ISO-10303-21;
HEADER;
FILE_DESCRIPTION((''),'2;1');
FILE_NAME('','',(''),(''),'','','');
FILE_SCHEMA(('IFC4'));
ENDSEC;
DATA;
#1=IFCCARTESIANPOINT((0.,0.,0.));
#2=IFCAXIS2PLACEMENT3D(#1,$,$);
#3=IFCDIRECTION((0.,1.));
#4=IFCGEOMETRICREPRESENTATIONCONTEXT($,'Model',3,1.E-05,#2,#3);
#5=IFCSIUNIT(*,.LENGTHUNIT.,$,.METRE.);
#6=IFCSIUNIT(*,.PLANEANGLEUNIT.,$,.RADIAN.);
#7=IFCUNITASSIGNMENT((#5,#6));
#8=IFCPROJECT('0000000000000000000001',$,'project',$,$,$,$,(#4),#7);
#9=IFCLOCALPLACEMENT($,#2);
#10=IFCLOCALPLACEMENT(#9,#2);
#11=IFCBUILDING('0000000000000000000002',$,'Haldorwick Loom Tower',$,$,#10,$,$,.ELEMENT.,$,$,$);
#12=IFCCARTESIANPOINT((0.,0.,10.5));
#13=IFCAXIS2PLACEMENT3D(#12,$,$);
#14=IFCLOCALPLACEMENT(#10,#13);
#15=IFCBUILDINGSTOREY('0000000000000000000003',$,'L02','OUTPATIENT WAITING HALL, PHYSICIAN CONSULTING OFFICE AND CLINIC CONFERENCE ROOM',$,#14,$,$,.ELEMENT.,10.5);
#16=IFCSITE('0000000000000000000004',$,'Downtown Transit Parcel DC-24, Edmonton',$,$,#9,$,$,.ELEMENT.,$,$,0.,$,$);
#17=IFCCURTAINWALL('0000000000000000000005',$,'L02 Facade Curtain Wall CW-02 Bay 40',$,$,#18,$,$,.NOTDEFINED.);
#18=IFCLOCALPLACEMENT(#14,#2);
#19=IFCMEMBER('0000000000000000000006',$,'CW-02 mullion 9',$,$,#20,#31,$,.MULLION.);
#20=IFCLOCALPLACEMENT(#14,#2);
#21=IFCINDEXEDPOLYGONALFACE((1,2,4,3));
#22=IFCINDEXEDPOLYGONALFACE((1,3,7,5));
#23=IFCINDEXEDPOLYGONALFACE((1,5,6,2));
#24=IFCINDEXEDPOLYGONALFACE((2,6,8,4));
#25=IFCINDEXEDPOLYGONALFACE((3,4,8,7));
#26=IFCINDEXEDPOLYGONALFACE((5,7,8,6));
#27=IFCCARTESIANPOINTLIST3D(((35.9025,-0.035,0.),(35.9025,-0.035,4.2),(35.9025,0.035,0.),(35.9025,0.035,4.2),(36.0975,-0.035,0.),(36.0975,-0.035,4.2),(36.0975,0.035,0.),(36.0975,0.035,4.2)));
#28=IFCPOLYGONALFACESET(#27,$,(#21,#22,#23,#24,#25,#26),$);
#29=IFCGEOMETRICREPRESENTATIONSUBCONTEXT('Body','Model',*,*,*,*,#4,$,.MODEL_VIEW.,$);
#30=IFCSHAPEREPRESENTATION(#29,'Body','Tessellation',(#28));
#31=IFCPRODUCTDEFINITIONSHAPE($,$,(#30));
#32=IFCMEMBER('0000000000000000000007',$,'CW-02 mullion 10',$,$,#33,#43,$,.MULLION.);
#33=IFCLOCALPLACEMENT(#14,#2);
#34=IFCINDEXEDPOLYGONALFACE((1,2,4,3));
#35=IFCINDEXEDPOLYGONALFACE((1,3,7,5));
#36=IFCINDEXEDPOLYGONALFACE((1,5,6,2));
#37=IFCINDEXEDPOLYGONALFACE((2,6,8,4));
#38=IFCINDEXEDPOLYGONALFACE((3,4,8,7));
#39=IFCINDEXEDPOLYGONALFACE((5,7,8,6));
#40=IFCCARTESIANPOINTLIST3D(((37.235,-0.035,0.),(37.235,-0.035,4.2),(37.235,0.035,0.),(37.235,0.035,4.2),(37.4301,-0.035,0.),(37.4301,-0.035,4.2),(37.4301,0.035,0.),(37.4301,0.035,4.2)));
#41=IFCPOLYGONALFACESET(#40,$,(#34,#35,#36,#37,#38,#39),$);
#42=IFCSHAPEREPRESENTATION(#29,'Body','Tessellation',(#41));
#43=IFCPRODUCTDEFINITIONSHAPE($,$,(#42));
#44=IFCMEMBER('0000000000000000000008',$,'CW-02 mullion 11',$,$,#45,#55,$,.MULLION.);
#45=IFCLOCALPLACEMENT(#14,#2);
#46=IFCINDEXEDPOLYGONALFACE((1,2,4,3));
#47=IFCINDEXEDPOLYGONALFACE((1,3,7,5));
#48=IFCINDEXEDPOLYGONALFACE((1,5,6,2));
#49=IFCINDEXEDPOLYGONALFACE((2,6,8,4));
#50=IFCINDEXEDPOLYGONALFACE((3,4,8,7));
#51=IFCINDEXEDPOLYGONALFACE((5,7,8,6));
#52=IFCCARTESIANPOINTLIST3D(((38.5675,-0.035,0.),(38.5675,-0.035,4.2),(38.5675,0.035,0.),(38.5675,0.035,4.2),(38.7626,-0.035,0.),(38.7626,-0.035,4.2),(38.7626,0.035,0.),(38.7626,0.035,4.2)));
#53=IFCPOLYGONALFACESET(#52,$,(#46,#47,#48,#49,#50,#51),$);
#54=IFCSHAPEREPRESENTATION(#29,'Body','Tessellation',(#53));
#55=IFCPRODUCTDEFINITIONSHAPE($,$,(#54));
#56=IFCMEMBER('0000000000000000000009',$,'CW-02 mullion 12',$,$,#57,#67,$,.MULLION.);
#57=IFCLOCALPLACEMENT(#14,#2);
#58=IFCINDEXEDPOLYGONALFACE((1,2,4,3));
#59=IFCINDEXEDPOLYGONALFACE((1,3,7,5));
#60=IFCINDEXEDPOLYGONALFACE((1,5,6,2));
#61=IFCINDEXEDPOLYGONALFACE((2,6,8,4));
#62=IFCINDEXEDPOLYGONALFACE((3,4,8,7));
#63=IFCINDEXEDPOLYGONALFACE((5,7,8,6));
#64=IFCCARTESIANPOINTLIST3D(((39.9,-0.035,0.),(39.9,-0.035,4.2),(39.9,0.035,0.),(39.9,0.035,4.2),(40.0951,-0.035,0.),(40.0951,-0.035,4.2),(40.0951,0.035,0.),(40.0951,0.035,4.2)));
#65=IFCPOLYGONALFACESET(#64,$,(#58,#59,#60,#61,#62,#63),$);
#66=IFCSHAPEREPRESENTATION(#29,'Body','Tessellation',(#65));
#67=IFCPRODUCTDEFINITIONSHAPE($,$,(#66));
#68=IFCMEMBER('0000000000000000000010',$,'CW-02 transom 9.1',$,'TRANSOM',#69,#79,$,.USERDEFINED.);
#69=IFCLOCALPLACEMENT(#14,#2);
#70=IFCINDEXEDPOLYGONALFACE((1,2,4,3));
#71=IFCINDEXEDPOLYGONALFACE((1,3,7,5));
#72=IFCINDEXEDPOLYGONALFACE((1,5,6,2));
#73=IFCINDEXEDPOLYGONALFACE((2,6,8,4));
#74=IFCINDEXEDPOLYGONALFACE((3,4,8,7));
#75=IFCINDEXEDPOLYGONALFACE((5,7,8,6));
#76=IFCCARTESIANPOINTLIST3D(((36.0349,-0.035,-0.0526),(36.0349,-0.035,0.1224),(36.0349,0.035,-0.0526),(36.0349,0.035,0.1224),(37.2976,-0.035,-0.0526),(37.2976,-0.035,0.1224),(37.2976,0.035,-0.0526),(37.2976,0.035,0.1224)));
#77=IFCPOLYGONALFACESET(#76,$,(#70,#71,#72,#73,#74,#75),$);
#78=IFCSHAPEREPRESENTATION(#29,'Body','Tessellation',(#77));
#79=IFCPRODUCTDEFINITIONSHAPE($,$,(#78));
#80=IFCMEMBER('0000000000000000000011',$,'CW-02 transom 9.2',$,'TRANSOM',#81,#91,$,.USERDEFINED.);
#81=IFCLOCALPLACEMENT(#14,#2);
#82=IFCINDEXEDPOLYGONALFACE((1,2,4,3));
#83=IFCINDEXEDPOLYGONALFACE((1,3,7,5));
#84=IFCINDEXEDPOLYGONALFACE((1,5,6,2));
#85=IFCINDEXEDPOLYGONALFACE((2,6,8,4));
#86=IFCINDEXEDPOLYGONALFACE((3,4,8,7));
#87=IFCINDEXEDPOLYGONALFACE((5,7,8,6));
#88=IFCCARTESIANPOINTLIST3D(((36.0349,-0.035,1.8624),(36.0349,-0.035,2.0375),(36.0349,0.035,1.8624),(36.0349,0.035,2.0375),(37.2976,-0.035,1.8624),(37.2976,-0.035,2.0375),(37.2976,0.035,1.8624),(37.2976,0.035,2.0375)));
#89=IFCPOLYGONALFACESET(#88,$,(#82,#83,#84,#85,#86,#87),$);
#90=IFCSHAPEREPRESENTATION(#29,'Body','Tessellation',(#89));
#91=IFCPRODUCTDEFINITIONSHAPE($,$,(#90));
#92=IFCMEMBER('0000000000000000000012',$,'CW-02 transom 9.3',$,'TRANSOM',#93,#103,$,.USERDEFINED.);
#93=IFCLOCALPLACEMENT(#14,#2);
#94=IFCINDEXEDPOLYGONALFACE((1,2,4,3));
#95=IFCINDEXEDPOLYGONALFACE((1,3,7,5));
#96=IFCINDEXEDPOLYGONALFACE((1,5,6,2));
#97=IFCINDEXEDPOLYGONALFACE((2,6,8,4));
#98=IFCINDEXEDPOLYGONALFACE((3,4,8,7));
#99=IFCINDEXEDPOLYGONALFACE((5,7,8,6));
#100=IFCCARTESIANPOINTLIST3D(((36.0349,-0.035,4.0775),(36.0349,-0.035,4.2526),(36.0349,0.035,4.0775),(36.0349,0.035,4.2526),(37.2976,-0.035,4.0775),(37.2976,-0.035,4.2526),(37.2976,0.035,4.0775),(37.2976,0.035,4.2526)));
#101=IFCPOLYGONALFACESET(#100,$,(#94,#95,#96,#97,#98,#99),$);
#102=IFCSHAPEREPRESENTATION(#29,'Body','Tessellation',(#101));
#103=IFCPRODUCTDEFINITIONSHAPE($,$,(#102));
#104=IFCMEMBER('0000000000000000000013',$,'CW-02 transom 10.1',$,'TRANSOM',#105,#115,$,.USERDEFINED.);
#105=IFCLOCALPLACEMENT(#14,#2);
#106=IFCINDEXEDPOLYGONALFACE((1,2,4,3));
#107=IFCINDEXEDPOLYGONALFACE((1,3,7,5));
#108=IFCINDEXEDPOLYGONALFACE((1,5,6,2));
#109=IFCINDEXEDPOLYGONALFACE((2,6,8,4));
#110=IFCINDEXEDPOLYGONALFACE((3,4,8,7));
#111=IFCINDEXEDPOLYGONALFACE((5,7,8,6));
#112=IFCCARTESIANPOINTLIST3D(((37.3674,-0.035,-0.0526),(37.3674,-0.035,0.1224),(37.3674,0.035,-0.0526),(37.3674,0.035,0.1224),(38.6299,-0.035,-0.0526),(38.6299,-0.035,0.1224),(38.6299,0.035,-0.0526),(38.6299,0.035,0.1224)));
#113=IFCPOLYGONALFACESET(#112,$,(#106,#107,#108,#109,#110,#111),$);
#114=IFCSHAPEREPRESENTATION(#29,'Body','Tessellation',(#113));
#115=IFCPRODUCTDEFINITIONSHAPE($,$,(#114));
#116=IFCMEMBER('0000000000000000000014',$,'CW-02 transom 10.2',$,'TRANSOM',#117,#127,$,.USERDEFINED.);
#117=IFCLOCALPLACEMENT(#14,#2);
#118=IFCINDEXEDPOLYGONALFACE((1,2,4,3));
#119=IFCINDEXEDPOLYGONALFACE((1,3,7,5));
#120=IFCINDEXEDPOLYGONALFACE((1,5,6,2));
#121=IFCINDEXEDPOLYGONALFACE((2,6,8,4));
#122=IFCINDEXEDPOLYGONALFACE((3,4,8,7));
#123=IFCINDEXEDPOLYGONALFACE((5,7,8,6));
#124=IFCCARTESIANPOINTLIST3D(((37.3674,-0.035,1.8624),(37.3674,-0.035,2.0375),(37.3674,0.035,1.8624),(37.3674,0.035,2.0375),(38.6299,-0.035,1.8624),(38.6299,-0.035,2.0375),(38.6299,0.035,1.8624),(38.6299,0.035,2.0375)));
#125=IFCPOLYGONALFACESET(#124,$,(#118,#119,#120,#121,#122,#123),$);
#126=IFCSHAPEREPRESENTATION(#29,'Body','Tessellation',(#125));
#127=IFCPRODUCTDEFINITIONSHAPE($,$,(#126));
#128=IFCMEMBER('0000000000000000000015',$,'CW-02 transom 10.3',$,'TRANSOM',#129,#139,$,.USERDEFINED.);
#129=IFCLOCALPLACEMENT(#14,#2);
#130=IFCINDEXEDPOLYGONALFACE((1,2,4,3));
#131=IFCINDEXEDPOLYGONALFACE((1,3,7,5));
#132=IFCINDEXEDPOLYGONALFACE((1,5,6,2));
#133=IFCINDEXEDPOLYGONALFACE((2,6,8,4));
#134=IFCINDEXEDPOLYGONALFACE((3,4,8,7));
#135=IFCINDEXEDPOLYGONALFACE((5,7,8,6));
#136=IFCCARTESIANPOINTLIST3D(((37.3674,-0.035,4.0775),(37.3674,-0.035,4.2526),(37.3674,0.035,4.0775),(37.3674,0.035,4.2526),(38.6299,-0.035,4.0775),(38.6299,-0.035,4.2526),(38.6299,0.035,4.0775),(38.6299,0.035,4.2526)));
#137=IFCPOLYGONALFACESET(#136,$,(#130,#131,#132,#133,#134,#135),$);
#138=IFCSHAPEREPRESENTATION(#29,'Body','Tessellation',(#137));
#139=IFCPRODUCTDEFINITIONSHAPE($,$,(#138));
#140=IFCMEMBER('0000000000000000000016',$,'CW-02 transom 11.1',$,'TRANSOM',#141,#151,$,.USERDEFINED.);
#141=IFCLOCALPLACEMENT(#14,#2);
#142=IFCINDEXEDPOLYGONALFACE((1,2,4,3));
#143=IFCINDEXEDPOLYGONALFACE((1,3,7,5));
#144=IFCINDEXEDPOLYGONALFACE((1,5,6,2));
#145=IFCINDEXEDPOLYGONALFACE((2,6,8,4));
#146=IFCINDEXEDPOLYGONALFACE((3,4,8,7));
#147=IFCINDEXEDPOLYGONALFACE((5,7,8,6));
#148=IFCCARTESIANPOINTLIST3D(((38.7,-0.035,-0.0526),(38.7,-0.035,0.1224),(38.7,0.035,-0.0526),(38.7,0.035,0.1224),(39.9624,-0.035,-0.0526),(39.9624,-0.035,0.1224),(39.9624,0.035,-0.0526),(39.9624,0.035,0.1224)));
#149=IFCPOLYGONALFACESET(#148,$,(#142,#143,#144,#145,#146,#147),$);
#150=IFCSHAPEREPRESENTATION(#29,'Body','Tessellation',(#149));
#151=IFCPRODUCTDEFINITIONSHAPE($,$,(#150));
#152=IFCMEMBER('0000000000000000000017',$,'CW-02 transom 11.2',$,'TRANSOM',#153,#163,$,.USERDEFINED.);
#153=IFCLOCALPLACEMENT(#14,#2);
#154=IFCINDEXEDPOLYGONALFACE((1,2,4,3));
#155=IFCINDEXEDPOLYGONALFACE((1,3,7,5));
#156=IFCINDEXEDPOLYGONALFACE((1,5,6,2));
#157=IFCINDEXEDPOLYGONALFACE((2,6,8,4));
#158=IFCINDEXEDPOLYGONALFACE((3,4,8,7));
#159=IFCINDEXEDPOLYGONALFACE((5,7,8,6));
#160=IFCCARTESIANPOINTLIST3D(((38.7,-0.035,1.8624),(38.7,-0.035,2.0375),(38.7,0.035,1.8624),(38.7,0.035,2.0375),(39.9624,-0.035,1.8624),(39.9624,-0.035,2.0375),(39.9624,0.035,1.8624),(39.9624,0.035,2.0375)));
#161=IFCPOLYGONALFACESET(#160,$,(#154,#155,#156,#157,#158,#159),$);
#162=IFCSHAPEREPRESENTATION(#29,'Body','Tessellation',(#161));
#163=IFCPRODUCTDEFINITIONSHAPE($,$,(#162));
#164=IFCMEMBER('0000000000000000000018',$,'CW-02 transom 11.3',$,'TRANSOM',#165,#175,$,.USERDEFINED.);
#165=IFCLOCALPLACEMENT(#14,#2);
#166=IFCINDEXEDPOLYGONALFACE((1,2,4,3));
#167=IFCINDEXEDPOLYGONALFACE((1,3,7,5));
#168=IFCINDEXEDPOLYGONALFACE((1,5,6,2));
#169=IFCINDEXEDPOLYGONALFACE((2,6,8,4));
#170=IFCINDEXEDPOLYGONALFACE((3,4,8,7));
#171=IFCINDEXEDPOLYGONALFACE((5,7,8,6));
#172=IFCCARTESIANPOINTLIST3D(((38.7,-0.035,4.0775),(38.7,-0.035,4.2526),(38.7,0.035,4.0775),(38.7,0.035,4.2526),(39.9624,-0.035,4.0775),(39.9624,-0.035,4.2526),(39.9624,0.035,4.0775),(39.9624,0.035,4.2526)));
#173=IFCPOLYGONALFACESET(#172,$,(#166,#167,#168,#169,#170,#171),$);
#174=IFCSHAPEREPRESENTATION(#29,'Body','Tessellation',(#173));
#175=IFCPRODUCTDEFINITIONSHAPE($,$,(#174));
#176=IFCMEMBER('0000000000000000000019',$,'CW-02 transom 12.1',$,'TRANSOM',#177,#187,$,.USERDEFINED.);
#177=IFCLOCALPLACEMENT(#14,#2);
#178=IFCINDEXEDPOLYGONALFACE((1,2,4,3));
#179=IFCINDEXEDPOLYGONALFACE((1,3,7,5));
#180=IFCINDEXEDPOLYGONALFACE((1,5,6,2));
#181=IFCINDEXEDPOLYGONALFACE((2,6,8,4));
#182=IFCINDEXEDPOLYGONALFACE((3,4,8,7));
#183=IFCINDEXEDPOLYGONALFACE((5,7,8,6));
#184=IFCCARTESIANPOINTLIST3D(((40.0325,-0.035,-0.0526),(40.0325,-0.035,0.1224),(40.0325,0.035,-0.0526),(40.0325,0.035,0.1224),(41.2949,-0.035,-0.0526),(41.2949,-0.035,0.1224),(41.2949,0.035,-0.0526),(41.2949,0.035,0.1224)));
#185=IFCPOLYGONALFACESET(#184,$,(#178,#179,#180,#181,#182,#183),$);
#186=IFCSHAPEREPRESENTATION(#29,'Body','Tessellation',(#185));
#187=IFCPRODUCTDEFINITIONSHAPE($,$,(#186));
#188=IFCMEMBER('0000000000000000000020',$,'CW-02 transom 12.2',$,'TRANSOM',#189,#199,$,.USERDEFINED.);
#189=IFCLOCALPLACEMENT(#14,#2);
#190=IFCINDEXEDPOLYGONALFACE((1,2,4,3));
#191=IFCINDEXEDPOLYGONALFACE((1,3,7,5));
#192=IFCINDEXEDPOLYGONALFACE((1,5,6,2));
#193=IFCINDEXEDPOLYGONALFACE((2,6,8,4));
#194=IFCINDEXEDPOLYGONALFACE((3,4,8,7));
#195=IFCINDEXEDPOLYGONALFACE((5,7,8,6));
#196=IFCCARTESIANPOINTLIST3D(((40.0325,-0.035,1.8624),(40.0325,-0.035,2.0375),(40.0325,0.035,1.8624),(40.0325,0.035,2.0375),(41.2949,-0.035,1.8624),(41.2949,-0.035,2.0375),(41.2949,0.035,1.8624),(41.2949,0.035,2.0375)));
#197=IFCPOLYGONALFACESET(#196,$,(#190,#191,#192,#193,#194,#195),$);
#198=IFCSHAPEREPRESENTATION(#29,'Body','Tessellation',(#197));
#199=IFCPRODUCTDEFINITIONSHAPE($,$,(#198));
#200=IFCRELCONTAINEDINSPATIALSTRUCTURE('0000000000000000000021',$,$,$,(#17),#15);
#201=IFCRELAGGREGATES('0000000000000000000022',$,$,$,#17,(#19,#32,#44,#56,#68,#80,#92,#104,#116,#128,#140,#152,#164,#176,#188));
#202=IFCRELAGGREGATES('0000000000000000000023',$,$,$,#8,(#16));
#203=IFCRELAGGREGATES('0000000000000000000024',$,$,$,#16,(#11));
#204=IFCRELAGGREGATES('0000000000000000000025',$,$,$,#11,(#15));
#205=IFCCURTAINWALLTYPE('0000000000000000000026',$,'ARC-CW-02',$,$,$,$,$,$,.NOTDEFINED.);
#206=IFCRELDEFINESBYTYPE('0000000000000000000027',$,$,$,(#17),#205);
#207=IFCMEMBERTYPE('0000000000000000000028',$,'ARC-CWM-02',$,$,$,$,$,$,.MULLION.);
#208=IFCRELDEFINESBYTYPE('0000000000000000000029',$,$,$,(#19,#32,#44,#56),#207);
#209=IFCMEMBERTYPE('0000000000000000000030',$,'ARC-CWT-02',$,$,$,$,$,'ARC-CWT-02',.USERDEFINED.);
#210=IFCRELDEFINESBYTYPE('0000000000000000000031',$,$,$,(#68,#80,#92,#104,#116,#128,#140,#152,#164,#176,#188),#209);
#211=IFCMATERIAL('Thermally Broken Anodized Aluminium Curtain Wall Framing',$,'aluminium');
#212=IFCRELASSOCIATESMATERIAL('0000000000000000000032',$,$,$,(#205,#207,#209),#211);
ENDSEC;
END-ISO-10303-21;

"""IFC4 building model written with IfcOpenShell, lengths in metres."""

from ifc_helpers import new_model, si_unit, direction, frame, origin, origin_2d, place, context, subcontext, project, spatial, rectangle, extrude, material, material_profile, profile_set, type_object, element, aggregate, save


model = new_model("IFC4")

# Units and contexts
model_context = context("Model", 3, precision=1e-05, world=origin(), true_north=direction((0.0, 1.0)))
body_context = subcontext(model_context, "Body", "Model", "MODEL_VIEW")
ifc_project = project(units=[si_unit("LENGTHUNIT", "METRE"), si_unit("PLANEANGLEUNIT", "RADIAN")], contexts=[model_context])

# Site, building, storey
site_placement = place(None, origin())
site = spatial("IfcSite", under=ifc_project, at=site_placement, Name="Downtown Transit Parcel DC-24, Edmonton", CompositionType="ELEMENT", RefElevation=0.0)
building_placement = place(site_placement, origin())
building = spatial("IfcBuilding", under=site, at=building_placement, Name="Haldorwick Loom Tower", CompositionType="ELEMENT")
storey_placement = place(building_placement, frame((0.0, 0.0, 10.5)))
storey = spatial("IfcBuildingStorey", under=building, at=storey_placement, Name="L02", Description="OUTPATIENT WAITING HALL, PHYSICIAN CONSULTING OFFICE AND CLINIC CONFERENCE ROOM", CompositionType="ELEMENT", Elevation=10.5)

# Curtain wall, members
ifc_material_1 = material(Name="Thermally Broken Anodized Aluminium Curtain Wall Framing", Category="aluminium")
curtain_wall_type = type_object("IfcCurtainWallType", Name="ARC-CW-02", PredefinedType="NOTDEFINED", material=ifc_material_1)
curtain_wall_placement = place(storey_placement, origin())
curtain_wall = element("IfcCurtainWall", 1, at=curtain_wall_placement, inside=storey, type_object=curtain_wall_type, Name="L02 Facade Curtain Wall CW-02 Bay 40", PredefinedType="NOTDEFINED")
ifc_material_profile_1 = material_profile(ifc_material_1, rectangle(XDim=0.0701, YDim=0.1951, at=origin_2d()), Name="ALU_MUL_70X195", Category="aluminium")
ifc_profile_set_1 = profile_set([ifc_material_profile_1], Name="Thermally Broken Anodized Aluminium Curtain Wall Framing")
member_type_1 = type_object("IfcMemberType", Name="ARC-CWM-02", PredefinedType="MULLION", material=ifc_profile_set_1)
member_1_placement = place(storey_placement, frame((36.0, 0.0, 0.0), z_axis=(0.0, 0.0, 1.0), x_axis=(0.0, 1.0, 0.0)))
member_1 = element("IfcMember", 2, at=member_1_placement, type_object=member_type_1, Name="CW-02 mullion 9", PredefinedType="MULLION", context=body_context, shape_type="SweptSolid", body=[
    extrude(rectangle(XDim=0.0701, YDim=0.1951, at=origin_2d()), origin(), (0.0, 0.0, 1.0), 4.2),
])
member_2_placement = place(storey_placement, frame((37.3325, 0.0, 0.0), z_axis=(0.0, 0.0, 1.0), x_axis=(0.0, 1.0, 0.0)))
member_2 = element("IfcMember", 3, at=member_2_placement, type_object=member_type_1, Name="CW-02 mullion 10", PredefinedType="MULLION", context=body_context, shape_type="SweptSolid", body=[
    extrude(rectangle(XDim=0.0701, YDim=0.1951, at=origin_2d()), origin(), (0.0, 0.0, 1.0), 4.2),
])
member_3_placement = place(storey_placement, frame((38.665, 0.0, 0.0), z_axis=(0.0, 0.0, 1.0), x_axis=(0.0, 1.0, 0.0)))
member_3 = element("IfcMember", 4, at=member_3_placement, type_object=member_type_1, Name="CW-02 mullion 11", PredefinedType="MULLION", context=body_context, shape_type="SweptSolid", body=[
    extrude(rectangle(XDim=0.0701, YDim=0.1951, at=origin_2d()), origin(), (0.0, 0.0, 1.0), 4.2),
])
member_4_placement = place(storey_placement, frame((39.9976, 0.0, 0.0), z_axis=(0.0, 0.0, 1.0), x_axis=(0.0, 1.0, 0.0)))
member_4 = element("IfcMember", 5, at=member_4_placement, type_object=member_type_1, Name="CW-02 mullion 12", PredefinedType="MULLION", context=body_context, shape_type="SweptSolid", body=[
    extrude(rectangle(XDim=0.0701, YDim=0.1951, at=origin_2d()), origin(), (0.0, 0.0, 1.0), 4.2),
])
ifc_material_profile_2 = material_profile(ifc_material_1, rectangle(XDim=0.0701, YDim=0.175, at=origin_2d()), Name="ALU_TRN_70X175", Category="aluminium")
ifc_profile_set_2 = profile_set([ifc_material_profile_2], Name="Thermally Broken Anodized Aluminium Curtain Wall Framing")
member_type_2 = type_object("IfcMemberType", Name="ARC-CWT-02", ElementType="ARC-CWT-02", PredefinedType="USERDEFINED", material=ifc_profile_set_2)
member_5_placement = place(storey_placement, frame((36.0349, 0.0, 0.0349), z_axis=(1.0, 0.0, 0.0), x_axis=(0.0, 1.0, 0.0)))
member_5 = element("IfcMember", 6, at=member_5_placement, type_object=member_type_2, Name="CW-02 transom 9.1", ObjectType="TRANSOM", PredefinedType="USERDEFINED", context=body_context, shape_type="SweptSolid", body=[
    extrude(rectangle(XDim=0.0701, YDim=0.175, at=origin_2d()), origin(), (0.0, 0.0, 1.0), 1.2627),
])
member_6_placement = place(storey_placement, frame((36.0349, 0.0, 1.95), z_axis=(1.0, 0.0, 0.0), x_axis=(0.0, 1.0, 0.0)))
member_6 = element("IfcMember", 7, at=member_6_placement, type_object=member_type_2, Name="CW-02 transom 9.2", ObjectType="TRANSOM", PredefinedType="USERDEFINED", context=body_context, shape_type="SweptSolid", body=[
    extrude(rectangle(XDim=0.0701, YDim=0.175, at=origin_2d()), origin(), (0.0, 0.0, 1.0), 1.2627),
])
member_7_placement = place(storey_placement, frame((36.0349, 0.0, 4.165), z_axis=(1.0, 0.0, 0.0), x_axis=(0.0, 1.0, 0.0)))
member_7 = element("IfcMember", 8, at=member_7_placement, type_object=member_type_2, Name="CW-02 transom 9.3", ObjectType="TRANSOM", PredefinedType="USERDEFINED", context=body_context, shape_type="SweptSolid", body=[
    extrude(rectangle(XDim=0.0701, YDim=0.175, at=origin_2d()), origin(), (0.0, 0.0, 1.0), 1.2627),
])
member_8_placement = place(storey_placement, frame((37.3674, 0.0, 0.0349), z_axis=(1.0, 0.0, 0.0), x_axis=(0.0, 1.0, 0.0)))
member_8 = element("IfcMember", 9, at=member_8_placement, type_object=member_type_2, Name="CW-02 transom 10.1", ObjectType="TRANSOM", PredefinedType="USERDEFINED", context=body_context, shape_type="SweptSolid", body=[
    extrude(rectangle(XDim=0.0701, YDim=0.175, at=origin_2d()), origin(), (0.0, 0.0, 1.0), 1.2625),
])
member_9_placement = place(storey_placement, frame((37.3674, 0.0, 1.95), z_axis=(1.0, 0.0, 0.0), x_axis=(0.0, 1.0, 0.0)))
member_9 = element("IfcMember", 10, at=member_9_placement, type_object=member_type_2, Name="CW-02 transom 10.2", ObjectType="TRANSOM", PredefinedType="USERDEFINED", context=body_context, shape_type="SweptSolid", body=[
    extrude(rectangle(XDim=0.0701, YDim=0.175, at=origin_2d()), origin(), (0.0, 0.0, 1.0), 1.2625),
])
member_10_placement = place(storey_placement, frame((37.3674, 0.0, 4.165), z_axis=(1.0, 0.0, 0.0), x_axis=(0.0, 1.0, 0.0)))
member_10 = element("IfcMember", 11, at=member_10_placement, type_object=member_type_2, Name="CW-02 transom 10.3", ObjectType="TRANSOM", PredefinedType="USERDEFINED", context=body_context, shape_type="SweptSolid", body=[
    extrude(rectangle(XDim=0.0701, YDim=0.175, at=origin_2d()), origin(), (0.0, 0.0, 1.0), 1.2625),
])
member_11_placement = place(storey_placement, frame((38.7, 0.0, 0.0349), z_axis=(1.0, 0.0, 0.0), x_axis=(0.0, 1.0, 0.0)))
member_11 = element("IfcMember", 12, at=member_11_placement, type_object=member_type_2, Name="CW-02 transom 11.1", ObjectType="TRANSOM", PredefinedType="USERDEFINED", context=body_context, shape_type="SweptSolid", body=[
    extrude(rectangle(XDim=0.0701, YDim=0.175, at=origin_2d()), origin(), (0.0, 0.0, 1.0), 1.2625),
])
member_12_placement = place(storey_placement, frame((38.7, 0.0, 1.95), z_axis=(1.0, 0.0, 0.0), x_axis=(0.0, 1.0, 0.0)))
member_12 = element("IfcMember", 13, at=member_12_placement, type_object=member_type_2, Name="CW-02 transom 11.2", ObjectType="TRANSOM", PredefinedType="USERDEFINED", context=body_context, shape_type="SweptSolid", body=[
    extrude(rectangle(XDim=0.0701, YDim=0.175, at=origin_2d()), origin(), (0.0, 0.0, 1.0), 1.2625),
])
member_13_placement = place(storey_placement, frame((38.7, 0.0, 4.165), z_axis=(1.0, 0.0, 0.0), x_axis=(0.0, 1.0, 0.0)))
member_13 = element("IfcMember", 14, at=member_13_placement, type_object=member_type_2, Name="CW-02 transom 11.3", ObjectType="TRANSOM", PredefinedType="USERDEFINED", context=body_context, shape_type="SweptSolid", body=[
    extrude(rectangle(XDim=0.0701, YDim=0.175, at=origin_2d()), origin(), (0.0, 0.0, 1.0), 1.2625),
])
member_14_placement = place(storey_placement, frame((40.0325, 0.0, 0.0349), z_axis=(1.0, 0.0, 0.0), x_axis=(0.0, 1.0, 0.0)))
member_14 = element("IfcMember", 15, at=member_14_placement, type_object=member_type_2, Name="CW-02 transom 12.1", ObjectType="TRANSOM", PredefinedType="USERDEFINED", context=body_context, shape_type="SweptSolid", body=[
    extrude(rectangle(XDim=0.0701, YDim=0.175, at=origin_2d()), origin(), (0.0, 0.0, 1.0), 1.2625),
])
member_15_placement = place(storey_placement, frame((40.0325, 0.0, 1.95), z_axis=(1.0, 0.0, 0.0), x_axis=(0.0, 1.0, 0.0)))
member_15 = element("IfcMember", 16, at=member_15_placement, type_object=member_type_2, Name="CW-02 transom 12.2", ObjectType="TRANSOM", PredefinedType="USERDEFINED", context=body_context, shape_type="SweptSolid", body=[
    extrude(rectangle(XDim=0.0701, YDim=0.175, at=origin_2d()), origin(), (0.0, 0.0, 1.0), 1.2625),
])
aggregate(curtain_wall, [member_1, member_2, member_3, member_4, member_5, member_6, member_7, member_8, member_9, member_10, member_11, member_12, member_13, member_14, member_15])

save(model, "model.ifc")
